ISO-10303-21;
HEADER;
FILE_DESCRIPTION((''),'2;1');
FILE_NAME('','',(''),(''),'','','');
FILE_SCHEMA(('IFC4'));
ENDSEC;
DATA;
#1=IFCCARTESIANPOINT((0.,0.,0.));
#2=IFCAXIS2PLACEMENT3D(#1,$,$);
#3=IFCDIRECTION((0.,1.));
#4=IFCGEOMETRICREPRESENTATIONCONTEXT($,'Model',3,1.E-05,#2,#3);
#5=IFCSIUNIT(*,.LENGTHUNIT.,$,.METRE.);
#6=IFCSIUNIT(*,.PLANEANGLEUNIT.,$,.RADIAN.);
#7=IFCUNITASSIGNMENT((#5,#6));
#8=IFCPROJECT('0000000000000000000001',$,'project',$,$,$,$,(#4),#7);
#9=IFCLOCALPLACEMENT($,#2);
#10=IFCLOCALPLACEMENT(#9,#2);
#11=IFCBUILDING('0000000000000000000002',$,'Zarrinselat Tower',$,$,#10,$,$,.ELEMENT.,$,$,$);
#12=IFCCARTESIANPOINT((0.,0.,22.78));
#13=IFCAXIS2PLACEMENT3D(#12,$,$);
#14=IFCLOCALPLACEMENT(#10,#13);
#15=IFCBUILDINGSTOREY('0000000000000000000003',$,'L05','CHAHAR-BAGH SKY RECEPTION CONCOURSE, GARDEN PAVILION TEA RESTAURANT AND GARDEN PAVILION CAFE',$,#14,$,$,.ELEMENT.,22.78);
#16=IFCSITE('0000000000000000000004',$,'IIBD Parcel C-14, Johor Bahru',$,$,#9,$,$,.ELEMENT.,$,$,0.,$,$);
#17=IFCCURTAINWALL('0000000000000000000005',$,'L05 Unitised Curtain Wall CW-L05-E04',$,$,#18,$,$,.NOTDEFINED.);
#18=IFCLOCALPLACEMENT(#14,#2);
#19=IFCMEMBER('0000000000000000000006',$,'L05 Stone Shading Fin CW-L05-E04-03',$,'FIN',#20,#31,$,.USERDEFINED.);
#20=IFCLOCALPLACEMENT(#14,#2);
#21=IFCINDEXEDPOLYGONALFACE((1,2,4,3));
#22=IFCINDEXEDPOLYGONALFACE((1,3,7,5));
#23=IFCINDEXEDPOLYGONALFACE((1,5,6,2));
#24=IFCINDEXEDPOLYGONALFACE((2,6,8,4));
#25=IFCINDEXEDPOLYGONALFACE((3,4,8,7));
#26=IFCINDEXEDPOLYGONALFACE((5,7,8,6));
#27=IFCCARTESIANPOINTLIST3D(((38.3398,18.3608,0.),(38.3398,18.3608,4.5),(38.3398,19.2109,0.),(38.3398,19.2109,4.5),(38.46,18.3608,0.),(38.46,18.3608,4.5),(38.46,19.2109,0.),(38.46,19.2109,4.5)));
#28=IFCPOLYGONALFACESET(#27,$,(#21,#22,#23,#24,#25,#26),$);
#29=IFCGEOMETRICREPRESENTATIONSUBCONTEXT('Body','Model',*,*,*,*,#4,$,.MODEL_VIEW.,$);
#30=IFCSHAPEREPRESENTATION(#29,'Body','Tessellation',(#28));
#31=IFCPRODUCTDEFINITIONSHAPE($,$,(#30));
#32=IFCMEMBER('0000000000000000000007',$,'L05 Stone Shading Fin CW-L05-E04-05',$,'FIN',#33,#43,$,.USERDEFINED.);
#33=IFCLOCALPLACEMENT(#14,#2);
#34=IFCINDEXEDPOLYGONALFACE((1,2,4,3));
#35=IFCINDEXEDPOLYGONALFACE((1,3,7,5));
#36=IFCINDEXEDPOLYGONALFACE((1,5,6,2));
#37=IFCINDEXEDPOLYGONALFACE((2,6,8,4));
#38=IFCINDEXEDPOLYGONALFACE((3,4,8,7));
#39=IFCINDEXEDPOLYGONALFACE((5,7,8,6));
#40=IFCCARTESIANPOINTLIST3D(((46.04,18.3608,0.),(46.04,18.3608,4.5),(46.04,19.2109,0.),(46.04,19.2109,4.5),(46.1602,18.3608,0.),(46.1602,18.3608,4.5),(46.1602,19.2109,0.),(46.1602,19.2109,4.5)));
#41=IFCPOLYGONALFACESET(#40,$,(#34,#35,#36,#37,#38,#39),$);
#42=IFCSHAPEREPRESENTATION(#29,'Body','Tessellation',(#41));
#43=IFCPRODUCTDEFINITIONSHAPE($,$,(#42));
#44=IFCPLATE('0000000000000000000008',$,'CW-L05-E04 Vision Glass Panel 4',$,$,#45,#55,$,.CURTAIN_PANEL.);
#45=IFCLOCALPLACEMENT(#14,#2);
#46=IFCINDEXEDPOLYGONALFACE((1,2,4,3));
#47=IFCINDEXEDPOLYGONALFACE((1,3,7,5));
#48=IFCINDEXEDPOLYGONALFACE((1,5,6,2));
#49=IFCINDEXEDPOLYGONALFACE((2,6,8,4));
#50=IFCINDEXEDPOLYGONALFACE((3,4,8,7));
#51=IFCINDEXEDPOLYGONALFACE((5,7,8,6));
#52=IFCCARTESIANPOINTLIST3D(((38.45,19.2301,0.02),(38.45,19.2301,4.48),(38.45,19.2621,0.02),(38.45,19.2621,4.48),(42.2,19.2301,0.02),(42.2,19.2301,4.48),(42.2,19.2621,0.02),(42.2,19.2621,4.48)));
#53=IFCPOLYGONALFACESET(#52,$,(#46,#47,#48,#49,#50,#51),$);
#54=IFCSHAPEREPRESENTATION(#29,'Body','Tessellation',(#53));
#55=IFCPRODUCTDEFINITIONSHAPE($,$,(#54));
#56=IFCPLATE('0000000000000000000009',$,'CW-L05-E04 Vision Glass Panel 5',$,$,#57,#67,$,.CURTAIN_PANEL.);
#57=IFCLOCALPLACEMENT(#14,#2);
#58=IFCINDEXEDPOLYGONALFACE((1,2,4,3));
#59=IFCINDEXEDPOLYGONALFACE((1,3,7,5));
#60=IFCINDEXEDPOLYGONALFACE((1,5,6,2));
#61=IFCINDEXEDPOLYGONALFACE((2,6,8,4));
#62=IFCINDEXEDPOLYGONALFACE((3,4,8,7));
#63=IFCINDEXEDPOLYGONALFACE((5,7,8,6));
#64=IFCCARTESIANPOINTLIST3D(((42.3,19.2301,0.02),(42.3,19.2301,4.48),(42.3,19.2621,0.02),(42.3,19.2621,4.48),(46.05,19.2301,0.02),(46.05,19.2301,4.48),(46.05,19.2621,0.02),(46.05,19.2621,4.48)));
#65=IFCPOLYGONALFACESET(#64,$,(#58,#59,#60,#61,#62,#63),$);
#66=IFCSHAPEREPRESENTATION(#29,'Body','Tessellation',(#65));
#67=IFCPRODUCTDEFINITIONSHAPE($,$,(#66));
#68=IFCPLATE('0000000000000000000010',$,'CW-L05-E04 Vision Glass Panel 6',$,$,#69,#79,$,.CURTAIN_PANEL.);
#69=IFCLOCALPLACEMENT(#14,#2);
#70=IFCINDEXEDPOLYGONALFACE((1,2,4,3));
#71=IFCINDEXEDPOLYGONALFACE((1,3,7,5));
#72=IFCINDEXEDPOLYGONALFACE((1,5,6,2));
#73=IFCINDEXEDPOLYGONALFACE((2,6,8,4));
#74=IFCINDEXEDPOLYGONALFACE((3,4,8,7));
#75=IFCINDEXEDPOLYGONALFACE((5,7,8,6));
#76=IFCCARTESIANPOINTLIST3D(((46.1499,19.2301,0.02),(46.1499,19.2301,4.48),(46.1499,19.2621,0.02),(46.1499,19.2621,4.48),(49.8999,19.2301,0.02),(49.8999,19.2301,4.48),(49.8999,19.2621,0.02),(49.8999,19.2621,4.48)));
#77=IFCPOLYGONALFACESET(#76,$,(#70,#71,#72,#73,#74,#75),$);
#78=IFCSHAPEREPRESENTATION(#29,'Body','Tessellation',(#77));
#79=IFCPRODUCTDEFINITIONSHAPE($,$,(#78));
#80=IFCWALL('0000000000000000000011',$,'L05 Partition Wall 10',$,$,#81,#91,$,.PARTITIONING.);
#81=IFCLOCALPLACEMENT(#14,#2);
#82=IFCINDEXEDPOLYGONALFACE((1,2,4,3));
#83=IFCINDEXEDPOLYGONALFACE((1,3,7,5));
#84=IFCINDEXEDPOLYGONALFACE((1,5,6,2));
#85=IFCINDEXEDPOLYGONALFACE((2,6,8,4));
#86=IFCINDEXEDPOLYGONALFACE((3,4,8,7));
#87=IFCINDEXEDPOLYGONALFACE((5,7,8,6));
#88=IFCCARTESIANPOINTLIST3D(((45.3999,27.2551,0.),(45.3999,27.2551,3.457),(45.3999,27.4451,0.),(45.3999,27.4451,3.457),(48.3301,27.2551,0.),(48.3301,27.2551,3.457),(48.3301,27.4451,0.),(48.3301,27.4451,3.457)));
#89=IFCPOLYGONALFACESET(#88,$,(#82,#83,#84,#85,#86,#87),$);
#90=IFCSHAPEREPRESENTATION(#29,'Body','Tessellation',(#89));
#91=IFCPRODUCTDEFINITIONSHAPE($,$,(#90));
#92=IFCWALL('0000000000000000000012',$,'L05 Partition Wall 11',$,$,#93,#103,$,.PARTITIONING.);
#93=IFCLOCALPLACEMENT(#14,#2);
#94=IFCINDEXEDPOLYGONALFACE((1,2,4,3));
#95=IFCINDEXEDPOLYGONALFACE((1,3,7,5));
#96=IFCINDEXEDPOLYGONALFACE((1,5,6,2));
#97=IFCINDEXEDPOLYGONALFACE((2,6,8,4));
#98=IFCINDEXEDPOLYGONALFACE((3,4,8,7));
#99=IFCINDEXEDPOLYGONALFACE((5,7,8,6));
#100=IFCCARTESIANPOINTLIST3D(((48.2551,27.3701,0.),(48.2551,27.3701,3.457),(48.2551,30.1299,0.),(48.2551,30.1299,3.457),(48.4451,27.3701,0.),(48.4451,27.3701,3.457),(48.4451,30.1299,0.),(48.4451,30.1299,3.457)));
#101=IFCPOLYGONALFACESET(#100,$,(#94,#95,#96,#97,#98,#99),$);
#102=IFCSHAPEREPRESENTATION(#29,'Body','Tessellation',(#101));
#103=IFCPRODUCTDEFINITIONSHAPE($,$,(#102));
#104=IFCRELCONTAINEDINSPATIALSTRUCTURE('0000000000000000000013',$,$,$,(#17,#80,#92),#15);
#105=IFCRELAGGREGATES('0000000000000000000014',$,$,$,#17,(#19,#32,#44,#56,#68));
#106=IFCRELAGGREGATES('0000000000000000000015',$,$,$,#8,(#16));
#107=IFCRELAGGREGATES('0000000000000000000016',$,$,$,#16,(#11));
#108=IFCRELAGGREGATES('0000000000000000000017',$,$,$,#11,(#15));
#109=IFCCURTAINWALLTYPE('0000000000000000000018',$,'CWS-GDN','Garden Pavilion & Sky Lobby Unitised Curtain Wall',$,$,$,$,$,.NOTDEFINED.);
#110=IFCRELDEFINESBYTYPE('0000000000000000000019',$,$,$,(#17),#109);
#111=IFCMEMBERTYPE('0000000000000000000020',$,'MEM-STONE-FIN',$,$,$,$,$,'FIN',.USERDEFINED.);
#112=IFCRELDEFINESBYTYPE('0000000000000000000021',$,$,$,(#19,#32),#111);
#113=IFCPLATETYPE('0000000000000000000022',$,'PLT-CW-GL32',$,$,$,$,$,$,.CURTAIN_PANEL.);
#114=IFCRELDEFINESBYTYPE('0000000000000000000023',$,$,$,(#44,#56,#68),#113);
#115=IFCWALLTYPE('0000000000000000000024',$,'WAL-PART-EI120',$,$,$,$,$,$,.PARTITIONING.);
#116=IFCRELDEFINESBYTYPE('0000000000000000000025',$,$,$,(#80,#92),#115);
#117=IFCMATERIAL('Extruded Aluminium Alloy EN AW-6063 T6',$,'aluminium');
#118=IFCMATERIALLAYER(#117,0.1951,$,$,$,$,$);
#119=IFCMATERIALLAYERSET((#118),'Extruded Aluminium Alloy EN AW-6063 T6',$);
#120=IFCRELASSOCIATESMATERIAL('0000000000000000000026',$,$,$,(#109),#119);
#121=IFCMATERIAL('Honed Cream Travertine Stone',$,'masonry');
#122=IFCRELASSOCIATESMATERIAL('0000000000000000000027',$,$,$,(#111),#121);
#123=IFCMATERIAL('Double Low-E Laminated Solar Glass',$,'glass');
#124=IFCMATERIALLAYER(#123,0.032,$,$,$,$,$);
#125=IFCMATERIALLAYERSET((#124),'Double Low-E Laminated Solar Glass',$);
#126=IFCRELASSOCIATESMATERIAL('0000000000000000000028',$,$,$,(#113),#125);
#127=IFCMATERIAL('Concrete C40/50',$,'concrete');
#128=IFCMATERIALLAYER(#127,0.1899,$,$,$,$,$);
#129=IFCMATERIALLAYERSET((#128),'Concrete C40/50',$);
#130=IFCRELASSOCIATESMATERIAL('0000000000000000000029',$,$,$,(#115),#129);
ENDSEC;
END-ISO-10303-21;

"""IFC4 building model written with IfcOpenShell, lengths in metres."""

from ifc_helpers import new_model, si_unit, direction, frame, frame_2d, origin, origin_2d, place, context, subcontext, project, spatial, rectangle, extrude, material, layer, layer_set, material_profile, profile_set, type_object, element, aggregate, save


model = new_model("IFC4")

# Units and contexts
model_context = context("Model", 3, precision=1e-05, world=origin(), true_north=direction((0.0, 1.0)))
body_context = subcontext(model_context, "Body", "Model", "MODEL_VIEW")
ifc_project = project(units=[si_unit("LENGTHUNIT", "METRE"), si_unit("PLANEANGLEUNIT", "RADIAN")], contexts=[model_context])

# Site, building, storey
site_placement = place(None, origin())
site = spatial("IfcSite", under=ifc_project, at=site_placement, Name="IIBD Parcel C-14, Johor Bahru", CompositionType="ELEMENT", RefElevation=0.0)
building_placement = place(site_placement, origin())
building = spatial("IfcBuilding", under=site, at=building_placement, Name="Zarrinselat Tower", CompositionType="ELEMENT")
storey_placement = place(building_placement, frame((0.0, 0.0, 22.78)))
storey = spatial("IfcBuildingStorey", under=building, at=storey_placement, Name="L05", Description="CHAHAR-BAGH SKY RECEPTION CONCOURSE, GARDEN PAVILION TEA RESTAURANT AND GARDEN PAVILION CAFE", CompositionType="ELEMENT", Elevation=22.78)

# Curtain wall, members, plates
ifc_material_1 = material(Name="Extruded Aluminium Alloy EN AW-6063 T6", Category="aluminium")
ifc_layer_1 = layer(ifc_material_1, 0.1951)
ifc_layer_set_1 = layer_set([ifc_layer_1], Name="Extruded Aluminium Alloy EN AW-6063 T6")
curtain_wall_type = type_object("IfcCurtainWallType", Name="CWS-GDN", Description="Garden Pavilion & Sky Lobby Unitised Curtain Wall", PredefinedType="NOTDEFINED", material=ifc_layer_set_1)
curtain_wall_placement = place(storey_placement, origin())
curtain_wall = element("IfcCurtainWall", 1, at=curtain_wall_placement, inside=storey, type_object=curtain_wall_type, Name="L05 Unitised Curtain Wall CW-L05-E04", PredefinedType="NOTDEFINED")
ifc_material_2 = material(Name="Honed Cream Travertine Stone", Category="masonry")
ifc_material_profile_1 = material_profile(ifc_material_2, rectangle(XDim=0.1201, YDim=0.8501, at=origin_2d()), Name="FIN 850x120")
ifc_profile_set_1 = profile_set([ifc_material_profile_1], Name="Honed Cream Travertine Stone")
member_type_1 = type_object("IfcMemberType", Name="MEM-STONE-FIN", ElementType="FIN", PredefinedType="USERDEFINED", material=ifc_profile_set_1)
member_1_placement = place(storey_placement, frame((38.3999, 18.7859, 0.0), z_axis=(0.0, 0.0, 1.0), x_axis=(-1.0, 0.0, 0.0)))
member_1 = element("IfcMember", 2, at=member_1_placement, type_object=member_type_1, Name="L05 Stone Shading Fin CW-L05-E04-03", ObjectType="FIN", PredefinedType="USERDEFINED", context=body_context, shape_type="SweptSolid", body=[
    extrude(rectangle(XDim=0.1201, YDim=0.8501, at=origin_2d()), origin(), (0.0, 0.0, 1.0), 4.5),
])
member_2_placement = place(storey_placement, frame((46.1001, 18.7859, 0.0), z_axis=(0.0, 0.0, 1.0), x_axis=(-1.0, 0.0, 0.0)))
member_2 = element("IfcMember", 3, at=member_2_placement, type_object=member_type_1, Name="L05 Stone Shading Fin CW-L05-E04-05", ObjectType="FIN", PredefinedType="USERDEFINED", context=body_context, shape_type="SweptSolid", body=[
    extrude(rectangle(XDim=0.1201, YDim=0.8501, at=origin_2d()), origin(), (0.0, 0.0, 1.0), 4.5),
])
ifc_material_3 = material(Name="Double Low-E Laminated Solar Glass", Category="glass")
ifc_layer_2 = layer(ifc_material_3, 0.032)
ifc_layer_set_2 = layer_set([ifc_layer_2], Name="Double Low-E Laminated Solar Glass")
plate_type = type_object("IfcPlateType", Name="PLT-CW-GL32", PredefinedType="CURTAIN_PANEL", material=ifc_layer_set_2)
plate_1_placement = place(storey_placement, frame((40.325, 19.2461, 0.02), z_axis=(0.0, 0.0, 1.0), x_axis=(1.0, 0.0, 0.0)))
plate_1 = element("IfcPlate", 4, at=plate_1_placement, type_object=plate_type, Name="CW-L05-E04 Vision Glass Panel 4", PredefinedType="CURTAIN_PANEL", context=body_context, shape_type="SweptSolid", body=[
    extrude(rectangle(XDim=3.75, YDim=0.032, at=origin_2d()), origin(), (0.0, 0.0, 1.0), 4.46),
])
plate_2_placement = place(storey_placement, frame((44.175, 19.2461, 0.02), z_axis=(0.0, 0.0, 1.0), x_axis=(1.0, 0.0, 0.0)))
plate_2 = element("IfcPlate", 5, at=plate_2_placement, type_object=plate_type, Name="CW-L05-E04 Vision Glass Panel 5", PredefinedType="CURTAIN_PANEL", context=body_context, shape_type="SweptSolid", body=[
    extrude(rectangle(XDim=3.75, YDim=0.032, at=origin_2d()), origin(), (0.0, 0.0, 1.0), 4.46),
])
plate_3_placement = place(storey_placement, frame((48.0249, 19.2461, 0.02), z_axis=(0.0, 0.0, 1.0), x_axis=(1.0, 0.0, 0.0)))
plate_3 = element("IfcPlate", 6, at=plate_3_placement, type_object=plate_type, Name="CW-L05-E04 Vision Glass Panel 6", PredefinedType="CURTAIN_PANEL", context=body_context, shape_type="SweptSolid", body=[
    extrude(rectangle(XDim=3.75, YDim=0.032, at=origin_2d()), origin(), (0.0, 0.0, 1.0), 4.46),
])
aggregate(curtain_wall, [member_1, member_2, plate_1, plate_2, plate_3])

# Walls
ifc_material_4 = material(Name="Concrete C40/50", Category="concrete")
ifc_layer_3 = layer(ifc_material_4, 0.1899)
ifc_layer_set_3 = layer_set([ifc_layer_3], Name="Concrete C40/50")
wall_type = type_object("IfcWallType", Name="WAL-PART-EI120", PredefinedType="PARTITIONING", material=ifc_layer_set_3)
wall_1_placement = place(storey_placement, frame((45.3999, 27.3501, 0.0), z_axis=(0.0, 0.0, 1.0), x_axis=(1.0, 0.0, 0.0)))
element("IfcWall", 7, at=wall_1_placement, inside=storey, type_object=wall_type, Name="L05 Partition Wall 10", PredefinedType="PARTITIONING", context=body_context, shape_type="SweptSolid", body=[
    extrude(rectangle(XDim=2.9302, YDim=0.1899, at=frame_2d((1.4651, 0.0))), origin(), (0.0, 0.0, 1.0), 3.457),
])
wall_2_placement = place(storey_placement, frame((48.3501, 27.3701, 0.0), z_axis=(0.0, 0.0, 1.0), x_axis=(0.0, 1.0, 0.0)))
element("IfcWall", 8, at=wall_2_placement, inside=storey, type_object=wall_type, Name="L05 Partition Wall 11", PredefinedType="PARTITIONING", context=body_context, shape_type="SweptSolid", body=[
    extrude(rectangle(XDim=2.7598, YDim=0.1899, at=frame_2d((1.3799, 0.0))), origin(), (0.0, 0.0, 1.0), 3.457),
])

save(model, "model.ifc")
